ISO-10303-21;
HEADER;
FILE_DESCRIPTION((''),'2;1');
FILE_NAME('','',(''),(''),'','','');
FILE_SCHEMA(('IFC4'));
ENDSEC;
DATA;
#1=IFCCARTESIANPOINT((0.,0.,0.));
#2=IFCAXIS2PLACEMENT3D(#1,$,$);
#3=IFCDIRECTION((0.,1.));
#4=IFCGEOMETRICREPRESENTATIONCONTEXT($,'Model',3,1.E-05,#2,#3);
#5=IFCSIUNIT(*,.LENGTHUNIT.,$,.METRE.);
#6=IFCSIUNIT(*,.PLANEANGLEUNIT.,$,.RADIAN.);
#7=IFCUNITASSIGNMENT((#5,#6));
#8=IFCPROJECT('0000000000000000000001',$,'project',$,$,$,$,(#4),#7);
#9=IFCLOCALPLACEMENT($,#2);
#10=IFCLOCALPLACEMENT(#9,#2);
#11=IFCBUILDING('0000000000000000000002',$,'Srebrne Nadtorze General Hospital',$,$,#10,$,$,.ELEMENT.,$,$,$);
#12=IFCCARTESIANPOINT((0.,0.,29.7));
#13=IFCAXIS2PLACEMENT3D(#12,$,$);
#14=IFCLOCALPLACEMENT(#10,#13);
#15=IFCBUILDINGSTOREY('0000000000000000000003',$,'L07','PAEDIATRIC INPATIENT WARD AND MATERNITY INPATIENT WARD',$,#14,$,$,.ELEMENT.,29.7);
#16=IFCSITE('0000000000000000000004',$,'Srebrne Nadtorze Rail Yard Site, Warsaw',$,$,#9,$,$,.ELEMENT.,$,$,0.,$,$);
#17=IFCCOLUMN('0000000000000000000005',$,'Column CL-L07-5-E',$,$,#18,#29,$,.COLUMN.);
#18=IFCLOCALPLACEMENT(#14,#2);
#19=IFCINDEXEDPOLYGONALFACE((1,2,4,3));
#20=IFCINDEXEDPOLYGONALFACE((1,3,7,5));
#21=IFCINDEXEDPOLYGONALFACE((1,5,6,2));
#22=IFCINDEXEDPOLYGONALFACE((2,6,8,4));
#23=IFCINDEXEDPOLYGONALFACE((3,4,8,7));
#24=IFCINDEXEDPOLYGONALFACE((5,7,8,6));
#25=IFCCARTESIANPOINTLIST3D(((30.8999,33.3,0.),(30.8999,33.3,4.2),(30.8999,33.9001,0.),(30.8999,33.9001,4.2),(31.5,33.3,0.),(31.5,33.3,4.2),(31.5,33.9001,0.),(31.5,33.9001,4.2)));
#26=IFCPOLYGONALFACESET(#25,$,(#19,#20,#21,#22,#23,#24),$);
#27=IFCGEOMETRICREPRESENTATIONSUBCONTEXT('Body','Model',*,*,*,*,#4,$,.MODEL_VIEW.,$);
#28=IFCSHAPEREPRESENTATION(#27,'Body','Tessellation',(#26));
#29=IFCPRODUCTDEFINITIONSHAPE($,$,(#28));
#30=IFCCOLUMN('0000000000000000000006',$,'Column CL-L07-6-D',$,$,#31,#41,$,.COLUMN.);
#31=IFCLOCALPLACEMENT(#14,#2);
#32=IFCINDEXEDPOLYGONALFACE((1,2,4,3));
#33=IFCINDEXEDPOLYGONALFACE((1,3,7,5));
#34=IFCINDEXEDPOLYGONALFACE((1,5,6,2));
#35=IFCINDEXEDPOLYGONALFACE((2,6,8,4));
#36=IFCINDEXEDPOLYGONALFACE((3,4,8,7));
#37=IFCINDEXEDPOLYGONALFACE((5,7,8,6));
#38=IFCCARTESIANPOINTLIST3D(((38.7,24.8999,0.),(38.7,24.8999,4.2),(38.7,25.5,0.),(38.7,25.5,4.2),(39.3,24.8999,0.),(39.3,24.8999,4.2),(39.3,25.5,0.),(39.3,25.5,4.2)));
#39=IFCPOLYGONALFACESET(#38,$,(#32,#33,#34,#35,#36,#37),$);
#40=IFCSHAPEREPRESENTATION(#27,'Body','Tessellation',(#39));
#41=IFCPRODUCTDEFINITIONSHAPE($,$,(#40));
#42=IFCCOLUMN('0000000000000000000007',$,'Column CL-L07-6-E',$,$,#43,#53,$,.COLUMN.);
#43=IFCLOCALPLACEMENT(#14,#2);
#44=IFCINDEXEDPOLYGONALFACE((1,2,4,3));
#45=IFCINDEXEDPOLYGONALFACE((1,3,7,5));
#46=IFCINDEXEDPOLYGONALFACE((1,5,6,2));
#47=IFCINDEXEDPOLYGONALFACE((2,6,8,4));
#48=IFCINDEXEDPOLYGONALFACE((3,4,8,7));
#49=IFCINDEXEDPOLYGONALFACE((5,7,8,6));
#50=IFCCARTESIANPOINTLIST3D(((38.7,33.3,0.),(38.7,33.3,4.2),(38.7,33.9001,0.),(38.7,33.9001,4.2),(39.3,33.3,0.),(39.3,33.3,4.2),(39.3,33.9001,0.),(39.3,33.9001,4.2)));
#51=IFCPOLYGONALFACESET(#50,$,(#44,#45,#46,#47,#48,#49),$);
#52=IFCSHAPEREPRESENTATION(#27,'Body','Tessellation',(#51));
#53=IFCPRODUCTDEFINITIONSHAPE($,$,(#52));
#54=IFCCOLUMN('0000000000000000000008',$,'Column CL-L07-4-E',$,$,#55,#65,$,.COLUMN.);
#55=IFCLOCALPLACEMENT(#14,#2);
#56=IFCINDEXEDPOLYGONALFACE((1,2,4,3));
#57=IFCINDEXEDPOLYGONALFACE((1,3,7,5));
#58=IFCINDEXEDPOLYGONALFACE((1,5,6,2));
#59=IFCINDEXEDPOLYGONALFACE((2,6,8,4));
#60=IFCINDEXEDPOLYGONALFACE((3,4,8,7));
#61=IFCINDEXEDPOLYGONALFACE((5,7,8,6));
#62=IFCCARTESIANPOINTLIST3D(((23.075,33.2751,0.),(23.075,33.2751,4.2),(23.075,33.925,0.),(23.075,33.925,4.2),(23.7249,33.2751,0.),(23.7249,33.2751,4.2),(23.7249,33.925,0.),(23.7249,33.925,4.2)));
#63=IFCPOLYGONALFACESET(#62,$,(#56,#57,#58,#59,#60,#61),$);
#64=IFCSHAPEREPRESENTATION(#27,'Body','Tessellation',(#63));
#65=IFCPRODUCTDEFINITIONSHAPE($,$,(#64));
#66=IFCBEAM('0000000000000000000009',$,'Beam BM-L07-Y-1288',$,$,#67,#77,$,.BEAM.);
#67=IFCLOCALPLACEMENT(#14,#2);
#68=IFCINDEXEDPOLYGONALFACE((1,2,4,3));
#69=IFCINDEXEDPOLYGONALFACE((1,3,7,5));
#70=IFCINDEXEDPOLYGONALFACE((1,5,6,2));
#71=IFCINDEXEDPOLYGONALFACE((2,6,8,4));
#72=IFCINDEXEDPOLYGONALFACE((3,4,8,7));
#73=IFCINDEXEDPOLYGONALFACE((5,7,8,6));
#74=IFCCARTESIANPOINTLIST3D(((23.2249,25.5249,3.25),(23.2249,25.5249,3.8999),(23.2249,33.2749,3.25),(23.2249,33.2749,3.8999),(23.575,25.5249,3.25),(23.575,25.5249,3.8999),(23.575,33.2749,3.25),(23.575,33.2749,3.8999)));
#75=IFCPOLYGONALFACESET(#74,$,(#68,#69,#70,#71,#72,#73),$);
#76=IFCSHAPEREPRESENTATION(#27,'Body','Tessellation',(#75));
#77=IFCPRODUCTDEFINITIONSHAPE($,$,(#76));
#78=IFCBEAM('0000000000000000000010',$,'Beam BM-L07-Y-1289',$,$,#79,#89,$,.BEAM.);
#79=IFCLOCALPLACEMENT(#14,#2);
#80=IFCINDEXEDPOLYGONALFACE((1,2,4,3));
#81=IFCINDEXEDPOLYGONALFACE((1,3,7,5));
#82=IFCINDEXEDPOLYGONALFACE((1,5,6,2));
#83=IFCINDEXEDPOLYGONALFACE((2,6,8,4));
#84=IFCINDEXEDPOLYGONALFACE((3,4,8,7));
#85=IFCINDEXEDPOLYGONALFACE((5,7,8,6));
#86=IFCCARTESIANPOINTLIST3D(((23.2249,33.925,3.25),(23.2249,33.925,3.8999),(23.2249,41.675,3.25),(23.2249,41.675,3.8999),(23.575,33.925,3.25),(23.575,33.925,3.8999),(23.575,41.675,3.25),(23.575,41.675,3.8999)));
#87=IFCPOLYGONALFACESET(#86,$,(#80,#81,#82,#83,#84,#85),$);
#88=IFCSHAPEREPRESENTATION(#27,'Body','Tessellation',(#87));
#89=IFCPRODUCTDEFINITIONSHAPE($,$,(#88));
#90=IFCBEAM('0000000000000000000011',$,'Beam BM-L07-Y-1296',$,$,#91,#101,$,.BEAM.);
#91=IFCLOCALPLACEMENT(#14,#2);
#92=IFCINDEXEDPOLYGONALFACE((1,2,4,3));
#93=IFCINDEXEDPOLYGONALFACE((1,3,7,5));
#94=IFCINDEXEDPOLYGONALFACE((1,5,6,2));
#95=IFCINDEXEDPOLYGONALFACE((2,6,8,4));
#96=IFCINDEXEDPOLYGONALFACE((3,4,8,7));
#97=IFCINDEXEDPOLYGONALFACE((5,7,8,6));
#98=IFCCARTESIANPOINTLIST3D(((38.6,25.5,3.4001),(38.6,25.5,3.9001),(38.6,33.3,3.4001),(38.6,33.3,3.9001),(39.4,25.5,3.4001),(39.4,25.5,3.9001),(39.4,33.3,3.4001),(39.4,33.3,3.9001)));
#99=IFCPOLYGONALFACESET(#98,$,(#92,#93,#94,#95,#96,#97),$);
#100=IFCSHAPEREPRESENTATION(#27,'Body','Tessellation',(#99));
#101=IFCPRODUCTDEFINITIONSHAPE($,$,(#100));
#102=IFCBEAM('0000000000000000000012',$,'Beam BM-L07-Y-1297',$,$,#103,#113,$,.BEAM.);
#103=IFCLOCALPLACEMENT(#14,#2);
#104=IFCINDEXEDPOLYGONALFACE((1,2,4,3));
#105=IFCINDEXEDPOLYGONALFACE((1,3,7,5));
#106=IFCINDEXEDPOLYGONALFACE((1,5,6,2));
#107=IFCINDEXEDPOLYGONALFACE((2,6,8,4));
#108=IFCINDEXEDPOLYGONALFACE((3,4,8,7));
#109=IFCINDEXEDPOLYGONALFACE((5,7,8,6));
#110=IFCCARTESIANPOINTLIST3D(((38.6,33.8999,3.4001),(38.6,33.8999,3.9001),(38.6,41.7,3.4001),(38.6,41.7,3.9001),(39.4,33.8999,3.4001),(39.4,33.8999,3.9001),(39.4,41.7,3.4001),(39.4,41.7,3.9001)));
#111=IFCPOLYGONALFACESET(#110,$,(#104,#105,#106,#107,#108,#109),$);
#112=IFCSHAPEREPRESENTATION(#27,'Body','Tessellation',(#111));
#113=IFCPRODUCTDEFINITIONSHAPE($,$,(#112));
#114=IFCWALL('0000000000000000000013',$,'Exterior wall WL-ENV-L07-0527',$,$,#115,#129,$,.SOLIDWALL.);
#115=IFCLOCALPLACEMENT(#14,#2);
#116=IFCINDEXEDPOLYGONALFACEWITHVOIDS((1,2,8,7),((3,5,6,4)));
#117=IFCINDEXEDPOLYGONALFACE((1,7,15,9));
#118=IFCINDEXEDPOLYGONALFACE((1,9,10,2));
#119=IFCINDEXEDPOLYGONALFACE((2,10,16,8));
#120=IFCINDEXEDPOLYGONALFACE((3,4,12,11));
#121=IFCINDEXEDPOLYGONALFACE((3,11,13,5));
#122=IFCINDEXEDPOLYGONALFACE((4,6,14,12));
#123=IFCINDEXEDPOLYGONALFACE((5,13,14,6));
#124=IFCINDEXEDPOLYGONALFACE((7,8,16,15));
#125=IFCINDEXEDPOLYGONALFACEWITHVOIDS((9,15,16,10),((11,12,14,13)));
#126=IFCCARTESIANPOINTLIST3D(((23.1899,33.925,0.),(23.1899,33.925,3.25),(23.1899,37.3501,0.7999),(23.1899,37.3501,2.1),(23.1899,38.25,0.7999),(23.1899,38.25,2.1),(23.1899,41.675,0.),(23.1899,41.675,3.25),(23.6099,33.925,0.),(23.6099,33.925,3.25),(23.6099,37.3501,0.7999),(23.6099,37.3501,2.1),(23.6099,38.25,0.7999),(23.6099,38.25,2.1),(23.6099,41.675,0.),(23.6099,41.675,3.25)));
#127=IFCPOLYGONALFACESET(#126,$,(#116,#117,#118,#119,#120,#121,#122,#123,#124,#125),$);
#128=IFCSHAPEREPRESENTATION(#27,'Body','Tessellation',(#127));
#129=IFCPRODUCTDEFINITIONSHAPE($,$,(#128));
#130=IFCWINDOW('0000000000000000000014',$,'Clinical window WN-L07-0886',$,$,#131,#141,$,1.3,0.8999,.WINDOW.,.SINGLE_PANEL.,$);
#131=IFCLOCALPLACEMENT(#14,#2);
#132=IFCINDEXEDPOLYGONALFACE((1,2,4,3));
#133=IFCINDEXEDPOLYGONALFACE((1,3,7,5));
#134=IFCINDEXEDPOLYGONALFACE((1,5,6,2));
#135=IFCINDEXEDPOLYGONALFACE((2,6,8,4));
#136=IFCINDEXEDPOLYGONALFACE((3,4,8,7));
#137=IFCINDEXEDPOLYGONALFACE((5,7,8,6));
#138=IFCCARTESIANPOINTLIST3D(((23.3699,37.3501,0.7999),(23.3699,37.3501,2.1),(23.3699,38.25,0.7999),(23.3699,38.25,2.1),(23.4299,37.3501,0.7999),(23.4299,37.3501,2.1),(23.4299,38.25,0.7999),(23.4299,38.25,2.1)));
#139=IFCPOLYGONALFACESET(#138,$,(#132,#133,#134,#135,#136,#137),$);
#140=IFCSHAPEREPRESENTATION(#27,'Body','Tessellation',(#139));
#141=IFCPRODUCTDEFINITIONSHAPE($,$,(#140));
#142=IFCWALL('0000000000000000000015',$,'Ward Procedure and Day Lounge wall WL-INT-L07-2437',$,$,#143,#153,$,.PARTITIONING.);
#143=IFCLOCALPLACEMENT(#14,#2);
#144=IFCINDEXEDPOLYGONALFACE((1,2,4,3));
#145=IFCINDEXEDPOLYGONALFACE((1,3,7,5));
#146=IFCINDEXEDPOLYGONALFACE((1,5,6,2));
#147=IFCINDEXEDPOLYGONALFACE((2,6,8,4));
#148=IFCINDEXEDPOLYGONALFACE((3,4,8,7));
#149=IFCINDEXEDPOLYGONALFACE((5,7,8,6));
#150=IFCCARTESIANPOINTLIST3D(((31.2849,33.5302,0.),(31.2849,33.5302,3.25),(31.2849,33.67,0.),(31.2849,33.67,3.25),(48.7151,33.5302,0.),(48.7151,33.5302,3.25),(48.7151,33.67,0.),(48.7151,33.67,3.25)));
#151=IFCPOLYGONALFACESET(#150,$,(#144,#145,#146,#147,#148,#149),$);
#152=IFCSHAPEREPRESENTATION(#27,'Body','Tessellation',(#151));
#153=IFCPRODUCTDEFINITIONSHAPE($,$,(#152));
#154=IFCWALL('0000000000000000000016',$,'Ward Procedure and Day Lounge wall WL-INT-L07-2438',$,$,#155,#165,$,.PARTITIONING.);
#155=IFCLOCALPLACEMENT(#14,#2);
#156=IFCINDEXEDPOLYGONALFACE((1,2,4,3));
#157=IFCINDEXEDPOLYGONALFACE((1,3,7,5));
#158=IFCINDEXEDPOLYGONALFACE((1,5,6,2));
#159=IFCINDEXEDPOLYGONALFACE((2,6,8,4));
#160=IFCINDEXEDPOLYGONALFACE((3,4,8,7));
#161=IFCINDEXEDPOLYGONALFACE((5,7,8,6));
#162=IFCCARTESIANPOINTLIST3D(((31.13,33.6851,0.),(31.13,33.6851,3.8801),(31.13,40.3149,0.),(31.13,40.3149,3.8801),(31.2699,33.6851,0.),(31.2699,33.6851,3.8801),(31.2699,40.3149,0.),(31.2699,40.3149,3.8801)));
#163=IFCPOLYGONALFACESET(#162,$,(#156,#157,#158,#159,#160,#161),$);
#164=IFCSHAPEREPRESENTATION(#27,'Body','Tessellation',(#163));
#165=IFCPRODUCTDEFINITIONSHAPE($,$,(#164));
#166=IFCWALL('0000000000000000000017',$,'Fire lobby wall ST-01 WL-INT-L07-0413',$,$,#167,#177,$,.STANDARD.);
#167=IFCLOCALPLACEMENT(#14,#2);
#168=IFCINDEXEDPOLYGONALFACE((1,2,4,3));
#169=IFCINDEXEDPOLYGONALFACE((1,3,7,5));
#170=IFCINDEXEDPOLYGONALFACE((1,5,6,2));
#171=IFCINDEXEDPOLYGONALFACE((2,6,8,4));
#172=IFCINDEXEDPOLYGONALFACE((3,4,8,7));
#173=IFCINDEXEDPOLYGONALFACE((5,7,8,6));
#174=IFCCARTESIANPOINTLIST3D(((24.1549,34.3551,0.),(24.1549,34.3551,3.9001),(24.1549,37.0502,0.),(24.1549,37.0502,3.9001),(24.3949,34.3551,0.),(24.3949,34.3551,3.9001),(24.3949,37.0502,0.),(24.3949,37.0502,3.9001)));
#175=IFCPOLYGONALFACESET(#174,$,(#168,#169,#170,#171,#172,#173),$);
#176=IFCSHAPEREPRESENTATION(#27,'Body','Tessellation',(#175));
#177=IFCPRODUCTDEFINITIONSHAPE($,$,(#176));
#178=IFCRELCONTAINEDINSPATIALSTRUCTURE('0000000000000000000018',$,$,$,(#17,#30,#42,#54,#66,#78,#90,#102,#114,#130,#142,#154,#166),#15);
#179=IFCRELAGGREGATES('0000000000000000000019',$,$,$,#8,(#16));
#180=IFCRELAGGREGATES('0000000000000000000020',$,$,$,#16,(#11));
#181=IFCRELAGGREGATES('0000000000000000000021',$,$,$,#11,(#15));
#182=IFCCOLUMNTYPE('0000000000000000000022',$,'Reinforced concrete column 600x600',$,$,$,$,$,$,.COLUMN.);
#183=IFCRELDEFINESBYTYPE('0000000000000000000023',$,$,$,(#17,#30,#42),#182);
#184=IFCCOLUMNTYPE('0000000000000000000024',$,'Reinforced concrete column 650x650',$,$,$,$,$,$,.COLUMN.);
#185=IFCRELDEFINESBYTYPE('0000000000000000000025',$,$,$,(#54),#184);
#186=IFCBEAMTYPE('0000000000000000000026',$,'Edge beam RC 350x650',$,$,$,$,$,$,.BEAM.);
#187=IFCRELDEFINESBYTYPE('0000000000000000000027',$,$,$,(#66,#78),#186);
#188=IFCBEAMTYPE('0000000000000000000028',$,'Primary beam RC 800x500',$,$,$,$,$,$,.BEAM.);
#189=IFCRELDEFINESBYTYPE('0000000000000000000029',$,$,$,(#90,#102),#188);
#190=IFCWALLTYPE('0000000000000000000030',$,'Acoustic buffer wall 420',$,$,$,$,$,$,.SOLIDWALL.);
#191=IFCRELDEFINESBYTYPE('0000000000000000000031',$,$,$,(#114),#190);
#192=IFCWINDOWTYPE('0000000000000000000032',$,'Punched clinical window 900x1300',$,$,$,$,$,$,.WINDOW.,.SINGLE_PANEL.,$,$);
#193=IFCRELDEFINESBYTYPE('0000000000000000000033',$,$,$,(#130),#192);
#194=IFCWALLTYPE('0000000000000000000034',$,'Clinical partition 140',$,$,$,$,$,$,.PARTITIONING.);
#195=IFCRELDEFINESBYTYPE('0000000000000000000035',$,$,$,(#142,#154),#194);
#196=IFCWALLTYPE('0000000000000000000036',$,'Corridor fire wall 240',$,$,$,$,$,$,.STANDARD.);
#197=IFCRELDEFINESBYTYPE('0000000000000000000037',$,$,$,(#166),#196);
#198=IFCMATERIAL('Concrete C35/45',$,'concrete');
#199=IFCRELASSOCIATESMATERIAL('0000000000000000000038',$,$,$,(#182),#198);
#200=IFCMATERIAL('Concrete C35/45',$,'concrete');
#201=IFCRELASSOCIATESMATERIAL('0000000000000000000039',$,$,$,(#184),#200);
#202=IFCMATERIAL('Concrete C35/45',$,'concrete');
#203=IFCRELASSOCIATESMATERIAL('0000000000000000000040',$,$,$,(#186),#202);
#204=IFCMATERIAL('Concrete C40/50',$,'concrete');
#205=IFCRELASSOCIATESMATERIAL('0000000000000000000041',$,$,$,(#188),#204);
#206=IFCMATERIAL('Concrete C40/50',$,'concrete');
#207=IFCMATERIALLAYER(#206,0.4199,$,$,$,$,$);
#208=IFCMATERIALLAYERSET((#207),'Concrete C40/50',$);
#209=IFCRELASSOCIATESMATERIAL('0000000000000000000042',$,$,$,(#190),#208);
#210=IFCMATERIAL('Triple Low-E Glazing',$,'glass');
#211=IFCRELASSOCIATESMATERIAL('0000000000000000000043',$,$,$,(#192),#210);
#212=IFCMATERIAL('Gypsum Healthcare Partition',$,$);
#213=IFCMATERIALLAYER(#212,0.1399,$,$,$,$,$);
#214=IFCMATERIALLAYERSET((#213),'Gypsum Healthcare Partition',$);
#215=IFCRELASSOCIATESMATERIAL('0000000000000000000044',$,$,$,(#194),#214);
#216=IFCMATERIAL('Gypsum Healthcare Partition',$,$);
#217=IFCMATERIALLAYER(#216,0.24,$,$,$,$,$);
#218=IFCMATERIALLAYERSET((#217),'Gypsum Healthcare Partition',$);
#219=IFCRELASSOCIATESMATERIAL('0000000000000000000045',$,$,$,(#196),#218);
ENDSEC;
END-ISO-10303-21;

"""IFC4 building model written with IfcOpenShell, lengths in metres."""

from ifc_helpers import new_model, si_unit, direction, frame, frame_2d, origin, origin_2d, place, context, subcontext, project, spatial, rectangle, extrude, material, layer, layer_set, material_profile, profile_set, type_object, element, fill, save


model = new_model("IFC4")

# Units and contexts
model_context = context("Model", 3, precision=1e-05, world=origin(), true_north=direction((0.0, 1.0)))
body_context = subcontext(model_context, "Body", "Model", "MODEL_VIEW")
ifc_project = project(units=[si_unit("LENGTHUNIT", "METRE"), si_unit("PLANEANGLEUNIT", "RADIAN")], contexts=[model_context])

# Site, building, storey
site_placement = place(None, origin())
site = spatial("IfcSite", under=ifc_project, at=site_placement, Name="Srebrne Nadtorze Rail Yard Site, Warsaw", CompositionType="ELEMENT", RefElevation=0.0)
building_placement = place(site_placement, origin())
building = spatial("IfcBuilding", under=site, at=building_placement, Name="Srebrne Nadtorze General Hospital", CompositionType="ELEMENT")
storey_placement = place(building_placement, frame((0.0, 0.0, 29.7)))
storey = spatial("IfcBuildingStorey", under=building, at=storey_placement, Name="L07", Description="PAEDIATRIC INPATIENT WARD AND MATERNITY INPATIENT WARD", CompositionType="ELEMENT", Elevation=29.7)

# Columns
ifc_material_1 = material(Name="Concrete C35/45", Category="concrete")
ifc_material_profile_1 = material_profile(ifc_material_1, rectangle(XDim=0.6001, YDim=0.6001, at=origin_2d()), Name="RC-COL-600x600")
ifc_profile_set_1 = profile_set([ifc_material_profile_1], Name="Concrete C35/45")
column_type_1 = type_object("IfcColumnType", Name="Reinforced concrete column 600x600", PredefinedType="COLUMN", material=ifc_profile_set_1)
for number, where, z_axis, x_axis, name in (
    (1, (31.2, 33.6001, 0.0), (0.0, 0.0, 1.0), (1.0, 0.0, 0.0), "Column CL-L07-5-E"),
    (2, (39.0, 25.2, 0.0), (0.0, 0.0, 1.0), (1.0, 0.0, 0.0), "Column CL-L07-6-D"),
    (3, (39.0, 33.6001, 0.0), (0.0, 0.0, 1.0), (1.0, 0.0, 0.0), "Column CL-L07-6-E"),
):
    element("IfcColumn", number, at=place(storey_placement, frame(where, z_axis=z_axis, x_axis=x_axis)), inside=storey, type_object=column_type_1, Name=name, PredefinedType="COLUMN", context=body_context, shape_type="SweptSolid", body=[
        extrude(rectangle(XDim=0.6001, YDim=0.6001, at=origin_2d()), origin(), (0.0, 0.0, 1.0), 4.2),
    ])
ifc_material_2 = material(Name="Concrete C35/45", Category="concrete")
ifc_material_profile_2 = material_profile(ifc_material_2, rectangle(XDim=0.6499, YDim=0.6499, at=origin_2d()), Name="RC-COL-650x650")
ifc_profile_set_2 = profile_set([ifc_material_profile_2], Name="Concrete C35/45")
column_type_2 = type_object("IfcColumnType", Name="Reinforced concrete column 650x650", PredefinedType="COLUMN", material=ifc_profile_set_2)
column_placement = place(storey_placement, frame((23.3999, 33.6001, 0.0), z_axis=(0.0, 0.0, 1.0), x_axis=(1.0, 0.0, 0.0)))
element("IfcColumn", 4, at=column_placement, inside=storey, type_object=column_type_2, Name="Column CL-L07-4-E", PredefinedType="COLUMN", context=body_context, shape_type="SweptSolid", body=[
    extrude(rectangle(XDim=0.6499, YDim=0.6499, at=origin_2d()), origin(), (0.0, 0.0, 1.0), 4.2),
])

# Beams
ifc_material_3 = material(Name="Concrete C35/45", Category="concrete")
ifc_material_profile_3 = material_profile(ifc_material_3, rectangle(XDim=0.3501, YDim=0.6499, at=origin_2d()), Name="RC-BM-350x650")
ifc_profile_set_3 = profile_set([ifc_material_profile_3], Name="Concrete C35/45")
beam_type_1 = type_object("IfcBeamType", Name="Edge beam RC 350x650", PredefinedType="BEAM", material=ifc_profile_set_3)
for number, where, z_axis, x_axis, name in (
    (5, (23.3999, 25.5249, 3.575), (0.0, 1.0, 0.0), (-1.0, 0.0, 0.0), "Beam BM-L07-Y-1288"),
    (6, (23.3999, 33.925, 3.575), (0.0, 1.0, 0.0), (-1.0, 0.0, 0.0), "Beam BM-L07-Y-1289"),
):
    element("IfcBeam", number, at=place(storey_placement, frame(where, z_axis=z_axis, x_axis=x_axis)), inside=storey, type_object=beam_type_1, Name=name, PredefinedType="BEAM", context=body_context, shape_type="SweptSolid", body=[
        extrude(rectangle(XDim=0.3501, YDim=0.6499, at=origin_2d()), origin(), (0.0, 0.0, 1.0), 7.75),
    ])
ifc_material_4 = material(Name="Concrete C40/50", Category="concrete")
ifc_material_profile_4 = material_profile(ifc_material_4, rectangle(XDim=0.8, YDim=0.5, at=origin_2d()), Name="RC-BM-800x500")
ifc_profile_set_4 = profile_set([ifc_material_profile_4], Name="Concrete C40/50")
beam_type_2 = type_object("IfcBeamType", Name="Primary beam RC 800x500", PredefinedType="BEAM", material=ifc_profile_set_4)
for number, where, z_axis, x_axis, name in (
    (7, (39.0, 25.5, 3.6501), (0.0, 1.0, 0.0), (-1.0, 0.0, 0.0), "Beam BM-L07-Y-1296"),
    (8, (39.0, 33.8999, 3.6501), (0.0, 1.0, 0.0), (-1.0, 0.0, 0.0), "Beam BM-L07-Y-1297"),
):
    element("IfcBeam", number, at=place(storey_placement, frame(where, z_axis=z_axis, x_axis=x_axis)), inside=storey, type_object=beam_type_2, Name=name, PredefinedType="BEAM", context=body_context, shape_type="SweptSolid", body=[
        extrude(rectangle(XDim=0.8, YDim=0.5, at=origin_2d()), origin(), (0.0, 0.0, 1.0), 7.8),
    ])

# Wall, opening, window
ifc_material_5 = material(Name="Concrete C40/50", Category="concrete")
ifc_layer_1 = layer(ifc_material_5, 0.4199)
ifc_layer_set_1 = layer_set([ifc_layer_1], Name="Concrete C40/50")
wall_type_1 = type_object("IfcWallType", Name="Acoustic buffer wall 420", PredefinedType="SOLIDWALL", material=ifc_layer_set_1)
wall_1_placement = place(storey_placement, frame((23.3999, 33.925, 0.0), z_axis=(0.0, 0.0, 1.0), x_axis=(0.0, 1.0, 0.0)))
wall_1 = element("IfcWall", 9, at=wall_1_placement, inside=storey, type_object=wall_type_1, Name="Exterior wall WL-ENV-L07-0527", PredefinedType="SOLIDWALL", context=body_context, shape_type="SweptSolid", body=[
    extrude(rectangle(XDim=7.75, YDim=0.4199, at=frame_2d((3.875, 0.0))), origin(), (0.0, 0.0, 1.0), 3.25),
])
opening_1_placement = place(wall_1_placement, frame((3.425, 0.0, 0.8)))
opening_1 = element("IfcOpeningElement", 10, at=opening_1_placement, cuts=wall_1, PredefinedType="OPENING", context=body_context, shape_type="SweptSolid", body=[
    extrude(rectangle(XDim=0.8999, YDim=1.3, at=frame_2d((0.45, 0.6499))), frame((0.0, 0.2219, 0.0), z_axis=(0.0, -1.0, 0.0), x_axis=(1.0, 0.0, 0.0)), (0.0, 0.0, 1.0), 0.4438),
])
ifc_material_6 = material(Name="Triple Low-E Glazing", Category="glass")
window_type_1 = type_object("IfcWindowType", Name="Punched clinical window 900x1300", PartitioningType="SINGLE_PANEL", PredefinedType="WINDOW", material=ifc_material_6)
window_1_placement = place(opening_1_placement, origin())
window_1 = element("IfcWindow", 11, at=window_1_placement, inside=storey, type_object=window_type_1, Name="Clinical window WN-L07-0886", OverallHeight=1.3, OverallWidth=0.8999, PartitioningType="SINGLE_PANEL", PredefinedType="WINDOW", context=body_context, shape_type="SweptSolid", body=[
    extrude(rectangle(XDim=0.8999, YDim=1.3, at=frame_2d((0.45, 0.6499))), frame((0.0, 0.03, 0.0), z_axis=(0.0, -1.0, 0.0), x_axis=(1.0, 0.0, 0.0)), (0.0, 0.0, 1.0), 0.0601),
])
fill(opening_1, window_1)

# Walls
ifc_material_7 = material(Name="Gypsum Healthcare Partition")
ifc_layer_2 = layer(ifc_material_7, 0.1399)
ifc_layer_set_2 = layer_set([ifc_layer_2], Name="Gypsum Healthcare Partition")
wall_type_2 = type_object("IfcWallType", Name="Clinical partition 140", PredefinedType="PARTITIONING", material=ifc_layer_set_2)
wall_2_placement = place(storey_placement, frame((31.2849, 33.6001, 0.0), z_axis=(0.0, 0.0, 1.0), x_axis=(1.0, 0.0, 0.0)))
element("IfcWall", 12, at=wall_2_placement, inside=storey, type_object=wall_type_2, Name="Ward Procedure and Day Lounge wall WL-INT-L07-2437", PredefinedType="PARTITIONING", context=body_context, shape_type="SweptSolid", body=[
    extrude(rectangle(XDim=17.4302, YDim=0.1399, at=frame_2d((8.7151, 0.0))), origin(), (0.0, 0.0, 1.0), 3.25),
])
wall_3_placement = place(storey_placement, frame((31.2, 33.6851, 0.0), z_axis=(0.0, 0.0, 1.0), x_axis=(0.0, 1.0, 0.0)))
element("IfcWall", 13, at=wall_3_placement, inside=storey, type_object=wall_type_2, Name="Ward Procedure and Day Lounge wall WL-INT-L07-2438", PredefinedType="PARTITIONING", context=body_context, shape_type="SweptSolid", body=[
    extrude(rectangle(XDim=6.6299, YDim=0.1399, at=frame_2d((3.3149, 0.0))), origin(), (0.0, 0.0, 1.0), 3.8801),
])
ifc_material_8 = material(Name="Gypsum Healthcare Partition")
ifc_layer_3 = layer(ifc_material_8, 0.24)
ifc_layer_set_3 = layer_set([ifc_layer_3], Name="Gypsum Healthcare Partition")
wall_type_3 = type_object("IfcWallType", Name="Corridor fire wall 240", PredefinedType="STANDARD", material=ifc_layer_set_3)
wall_4_placement = place(storey_placement, frame((24.2749, 34.355, 0.0), z_axis=(0.0, 0.0, 1.0), x_axis=(0.0, 1.0, 0.0)))
element("IfcWall", 14, at=wall_4_placement, inside=storey, type_object=wall_type_3, Name="Fire lobby wall ST-01 WL-INT-L07-0413", PredefinedType="STANDARD", context=body_context, shape_type="SweptSolid", body=[
    extrude(rectangle(XDim=2.6951, YDim=0.24, at=frame_2d((1.3477, 0.0))), origin(), (0.0, 0.0, 1.0), 3.9001),
])

save(model, "model.ifc")
